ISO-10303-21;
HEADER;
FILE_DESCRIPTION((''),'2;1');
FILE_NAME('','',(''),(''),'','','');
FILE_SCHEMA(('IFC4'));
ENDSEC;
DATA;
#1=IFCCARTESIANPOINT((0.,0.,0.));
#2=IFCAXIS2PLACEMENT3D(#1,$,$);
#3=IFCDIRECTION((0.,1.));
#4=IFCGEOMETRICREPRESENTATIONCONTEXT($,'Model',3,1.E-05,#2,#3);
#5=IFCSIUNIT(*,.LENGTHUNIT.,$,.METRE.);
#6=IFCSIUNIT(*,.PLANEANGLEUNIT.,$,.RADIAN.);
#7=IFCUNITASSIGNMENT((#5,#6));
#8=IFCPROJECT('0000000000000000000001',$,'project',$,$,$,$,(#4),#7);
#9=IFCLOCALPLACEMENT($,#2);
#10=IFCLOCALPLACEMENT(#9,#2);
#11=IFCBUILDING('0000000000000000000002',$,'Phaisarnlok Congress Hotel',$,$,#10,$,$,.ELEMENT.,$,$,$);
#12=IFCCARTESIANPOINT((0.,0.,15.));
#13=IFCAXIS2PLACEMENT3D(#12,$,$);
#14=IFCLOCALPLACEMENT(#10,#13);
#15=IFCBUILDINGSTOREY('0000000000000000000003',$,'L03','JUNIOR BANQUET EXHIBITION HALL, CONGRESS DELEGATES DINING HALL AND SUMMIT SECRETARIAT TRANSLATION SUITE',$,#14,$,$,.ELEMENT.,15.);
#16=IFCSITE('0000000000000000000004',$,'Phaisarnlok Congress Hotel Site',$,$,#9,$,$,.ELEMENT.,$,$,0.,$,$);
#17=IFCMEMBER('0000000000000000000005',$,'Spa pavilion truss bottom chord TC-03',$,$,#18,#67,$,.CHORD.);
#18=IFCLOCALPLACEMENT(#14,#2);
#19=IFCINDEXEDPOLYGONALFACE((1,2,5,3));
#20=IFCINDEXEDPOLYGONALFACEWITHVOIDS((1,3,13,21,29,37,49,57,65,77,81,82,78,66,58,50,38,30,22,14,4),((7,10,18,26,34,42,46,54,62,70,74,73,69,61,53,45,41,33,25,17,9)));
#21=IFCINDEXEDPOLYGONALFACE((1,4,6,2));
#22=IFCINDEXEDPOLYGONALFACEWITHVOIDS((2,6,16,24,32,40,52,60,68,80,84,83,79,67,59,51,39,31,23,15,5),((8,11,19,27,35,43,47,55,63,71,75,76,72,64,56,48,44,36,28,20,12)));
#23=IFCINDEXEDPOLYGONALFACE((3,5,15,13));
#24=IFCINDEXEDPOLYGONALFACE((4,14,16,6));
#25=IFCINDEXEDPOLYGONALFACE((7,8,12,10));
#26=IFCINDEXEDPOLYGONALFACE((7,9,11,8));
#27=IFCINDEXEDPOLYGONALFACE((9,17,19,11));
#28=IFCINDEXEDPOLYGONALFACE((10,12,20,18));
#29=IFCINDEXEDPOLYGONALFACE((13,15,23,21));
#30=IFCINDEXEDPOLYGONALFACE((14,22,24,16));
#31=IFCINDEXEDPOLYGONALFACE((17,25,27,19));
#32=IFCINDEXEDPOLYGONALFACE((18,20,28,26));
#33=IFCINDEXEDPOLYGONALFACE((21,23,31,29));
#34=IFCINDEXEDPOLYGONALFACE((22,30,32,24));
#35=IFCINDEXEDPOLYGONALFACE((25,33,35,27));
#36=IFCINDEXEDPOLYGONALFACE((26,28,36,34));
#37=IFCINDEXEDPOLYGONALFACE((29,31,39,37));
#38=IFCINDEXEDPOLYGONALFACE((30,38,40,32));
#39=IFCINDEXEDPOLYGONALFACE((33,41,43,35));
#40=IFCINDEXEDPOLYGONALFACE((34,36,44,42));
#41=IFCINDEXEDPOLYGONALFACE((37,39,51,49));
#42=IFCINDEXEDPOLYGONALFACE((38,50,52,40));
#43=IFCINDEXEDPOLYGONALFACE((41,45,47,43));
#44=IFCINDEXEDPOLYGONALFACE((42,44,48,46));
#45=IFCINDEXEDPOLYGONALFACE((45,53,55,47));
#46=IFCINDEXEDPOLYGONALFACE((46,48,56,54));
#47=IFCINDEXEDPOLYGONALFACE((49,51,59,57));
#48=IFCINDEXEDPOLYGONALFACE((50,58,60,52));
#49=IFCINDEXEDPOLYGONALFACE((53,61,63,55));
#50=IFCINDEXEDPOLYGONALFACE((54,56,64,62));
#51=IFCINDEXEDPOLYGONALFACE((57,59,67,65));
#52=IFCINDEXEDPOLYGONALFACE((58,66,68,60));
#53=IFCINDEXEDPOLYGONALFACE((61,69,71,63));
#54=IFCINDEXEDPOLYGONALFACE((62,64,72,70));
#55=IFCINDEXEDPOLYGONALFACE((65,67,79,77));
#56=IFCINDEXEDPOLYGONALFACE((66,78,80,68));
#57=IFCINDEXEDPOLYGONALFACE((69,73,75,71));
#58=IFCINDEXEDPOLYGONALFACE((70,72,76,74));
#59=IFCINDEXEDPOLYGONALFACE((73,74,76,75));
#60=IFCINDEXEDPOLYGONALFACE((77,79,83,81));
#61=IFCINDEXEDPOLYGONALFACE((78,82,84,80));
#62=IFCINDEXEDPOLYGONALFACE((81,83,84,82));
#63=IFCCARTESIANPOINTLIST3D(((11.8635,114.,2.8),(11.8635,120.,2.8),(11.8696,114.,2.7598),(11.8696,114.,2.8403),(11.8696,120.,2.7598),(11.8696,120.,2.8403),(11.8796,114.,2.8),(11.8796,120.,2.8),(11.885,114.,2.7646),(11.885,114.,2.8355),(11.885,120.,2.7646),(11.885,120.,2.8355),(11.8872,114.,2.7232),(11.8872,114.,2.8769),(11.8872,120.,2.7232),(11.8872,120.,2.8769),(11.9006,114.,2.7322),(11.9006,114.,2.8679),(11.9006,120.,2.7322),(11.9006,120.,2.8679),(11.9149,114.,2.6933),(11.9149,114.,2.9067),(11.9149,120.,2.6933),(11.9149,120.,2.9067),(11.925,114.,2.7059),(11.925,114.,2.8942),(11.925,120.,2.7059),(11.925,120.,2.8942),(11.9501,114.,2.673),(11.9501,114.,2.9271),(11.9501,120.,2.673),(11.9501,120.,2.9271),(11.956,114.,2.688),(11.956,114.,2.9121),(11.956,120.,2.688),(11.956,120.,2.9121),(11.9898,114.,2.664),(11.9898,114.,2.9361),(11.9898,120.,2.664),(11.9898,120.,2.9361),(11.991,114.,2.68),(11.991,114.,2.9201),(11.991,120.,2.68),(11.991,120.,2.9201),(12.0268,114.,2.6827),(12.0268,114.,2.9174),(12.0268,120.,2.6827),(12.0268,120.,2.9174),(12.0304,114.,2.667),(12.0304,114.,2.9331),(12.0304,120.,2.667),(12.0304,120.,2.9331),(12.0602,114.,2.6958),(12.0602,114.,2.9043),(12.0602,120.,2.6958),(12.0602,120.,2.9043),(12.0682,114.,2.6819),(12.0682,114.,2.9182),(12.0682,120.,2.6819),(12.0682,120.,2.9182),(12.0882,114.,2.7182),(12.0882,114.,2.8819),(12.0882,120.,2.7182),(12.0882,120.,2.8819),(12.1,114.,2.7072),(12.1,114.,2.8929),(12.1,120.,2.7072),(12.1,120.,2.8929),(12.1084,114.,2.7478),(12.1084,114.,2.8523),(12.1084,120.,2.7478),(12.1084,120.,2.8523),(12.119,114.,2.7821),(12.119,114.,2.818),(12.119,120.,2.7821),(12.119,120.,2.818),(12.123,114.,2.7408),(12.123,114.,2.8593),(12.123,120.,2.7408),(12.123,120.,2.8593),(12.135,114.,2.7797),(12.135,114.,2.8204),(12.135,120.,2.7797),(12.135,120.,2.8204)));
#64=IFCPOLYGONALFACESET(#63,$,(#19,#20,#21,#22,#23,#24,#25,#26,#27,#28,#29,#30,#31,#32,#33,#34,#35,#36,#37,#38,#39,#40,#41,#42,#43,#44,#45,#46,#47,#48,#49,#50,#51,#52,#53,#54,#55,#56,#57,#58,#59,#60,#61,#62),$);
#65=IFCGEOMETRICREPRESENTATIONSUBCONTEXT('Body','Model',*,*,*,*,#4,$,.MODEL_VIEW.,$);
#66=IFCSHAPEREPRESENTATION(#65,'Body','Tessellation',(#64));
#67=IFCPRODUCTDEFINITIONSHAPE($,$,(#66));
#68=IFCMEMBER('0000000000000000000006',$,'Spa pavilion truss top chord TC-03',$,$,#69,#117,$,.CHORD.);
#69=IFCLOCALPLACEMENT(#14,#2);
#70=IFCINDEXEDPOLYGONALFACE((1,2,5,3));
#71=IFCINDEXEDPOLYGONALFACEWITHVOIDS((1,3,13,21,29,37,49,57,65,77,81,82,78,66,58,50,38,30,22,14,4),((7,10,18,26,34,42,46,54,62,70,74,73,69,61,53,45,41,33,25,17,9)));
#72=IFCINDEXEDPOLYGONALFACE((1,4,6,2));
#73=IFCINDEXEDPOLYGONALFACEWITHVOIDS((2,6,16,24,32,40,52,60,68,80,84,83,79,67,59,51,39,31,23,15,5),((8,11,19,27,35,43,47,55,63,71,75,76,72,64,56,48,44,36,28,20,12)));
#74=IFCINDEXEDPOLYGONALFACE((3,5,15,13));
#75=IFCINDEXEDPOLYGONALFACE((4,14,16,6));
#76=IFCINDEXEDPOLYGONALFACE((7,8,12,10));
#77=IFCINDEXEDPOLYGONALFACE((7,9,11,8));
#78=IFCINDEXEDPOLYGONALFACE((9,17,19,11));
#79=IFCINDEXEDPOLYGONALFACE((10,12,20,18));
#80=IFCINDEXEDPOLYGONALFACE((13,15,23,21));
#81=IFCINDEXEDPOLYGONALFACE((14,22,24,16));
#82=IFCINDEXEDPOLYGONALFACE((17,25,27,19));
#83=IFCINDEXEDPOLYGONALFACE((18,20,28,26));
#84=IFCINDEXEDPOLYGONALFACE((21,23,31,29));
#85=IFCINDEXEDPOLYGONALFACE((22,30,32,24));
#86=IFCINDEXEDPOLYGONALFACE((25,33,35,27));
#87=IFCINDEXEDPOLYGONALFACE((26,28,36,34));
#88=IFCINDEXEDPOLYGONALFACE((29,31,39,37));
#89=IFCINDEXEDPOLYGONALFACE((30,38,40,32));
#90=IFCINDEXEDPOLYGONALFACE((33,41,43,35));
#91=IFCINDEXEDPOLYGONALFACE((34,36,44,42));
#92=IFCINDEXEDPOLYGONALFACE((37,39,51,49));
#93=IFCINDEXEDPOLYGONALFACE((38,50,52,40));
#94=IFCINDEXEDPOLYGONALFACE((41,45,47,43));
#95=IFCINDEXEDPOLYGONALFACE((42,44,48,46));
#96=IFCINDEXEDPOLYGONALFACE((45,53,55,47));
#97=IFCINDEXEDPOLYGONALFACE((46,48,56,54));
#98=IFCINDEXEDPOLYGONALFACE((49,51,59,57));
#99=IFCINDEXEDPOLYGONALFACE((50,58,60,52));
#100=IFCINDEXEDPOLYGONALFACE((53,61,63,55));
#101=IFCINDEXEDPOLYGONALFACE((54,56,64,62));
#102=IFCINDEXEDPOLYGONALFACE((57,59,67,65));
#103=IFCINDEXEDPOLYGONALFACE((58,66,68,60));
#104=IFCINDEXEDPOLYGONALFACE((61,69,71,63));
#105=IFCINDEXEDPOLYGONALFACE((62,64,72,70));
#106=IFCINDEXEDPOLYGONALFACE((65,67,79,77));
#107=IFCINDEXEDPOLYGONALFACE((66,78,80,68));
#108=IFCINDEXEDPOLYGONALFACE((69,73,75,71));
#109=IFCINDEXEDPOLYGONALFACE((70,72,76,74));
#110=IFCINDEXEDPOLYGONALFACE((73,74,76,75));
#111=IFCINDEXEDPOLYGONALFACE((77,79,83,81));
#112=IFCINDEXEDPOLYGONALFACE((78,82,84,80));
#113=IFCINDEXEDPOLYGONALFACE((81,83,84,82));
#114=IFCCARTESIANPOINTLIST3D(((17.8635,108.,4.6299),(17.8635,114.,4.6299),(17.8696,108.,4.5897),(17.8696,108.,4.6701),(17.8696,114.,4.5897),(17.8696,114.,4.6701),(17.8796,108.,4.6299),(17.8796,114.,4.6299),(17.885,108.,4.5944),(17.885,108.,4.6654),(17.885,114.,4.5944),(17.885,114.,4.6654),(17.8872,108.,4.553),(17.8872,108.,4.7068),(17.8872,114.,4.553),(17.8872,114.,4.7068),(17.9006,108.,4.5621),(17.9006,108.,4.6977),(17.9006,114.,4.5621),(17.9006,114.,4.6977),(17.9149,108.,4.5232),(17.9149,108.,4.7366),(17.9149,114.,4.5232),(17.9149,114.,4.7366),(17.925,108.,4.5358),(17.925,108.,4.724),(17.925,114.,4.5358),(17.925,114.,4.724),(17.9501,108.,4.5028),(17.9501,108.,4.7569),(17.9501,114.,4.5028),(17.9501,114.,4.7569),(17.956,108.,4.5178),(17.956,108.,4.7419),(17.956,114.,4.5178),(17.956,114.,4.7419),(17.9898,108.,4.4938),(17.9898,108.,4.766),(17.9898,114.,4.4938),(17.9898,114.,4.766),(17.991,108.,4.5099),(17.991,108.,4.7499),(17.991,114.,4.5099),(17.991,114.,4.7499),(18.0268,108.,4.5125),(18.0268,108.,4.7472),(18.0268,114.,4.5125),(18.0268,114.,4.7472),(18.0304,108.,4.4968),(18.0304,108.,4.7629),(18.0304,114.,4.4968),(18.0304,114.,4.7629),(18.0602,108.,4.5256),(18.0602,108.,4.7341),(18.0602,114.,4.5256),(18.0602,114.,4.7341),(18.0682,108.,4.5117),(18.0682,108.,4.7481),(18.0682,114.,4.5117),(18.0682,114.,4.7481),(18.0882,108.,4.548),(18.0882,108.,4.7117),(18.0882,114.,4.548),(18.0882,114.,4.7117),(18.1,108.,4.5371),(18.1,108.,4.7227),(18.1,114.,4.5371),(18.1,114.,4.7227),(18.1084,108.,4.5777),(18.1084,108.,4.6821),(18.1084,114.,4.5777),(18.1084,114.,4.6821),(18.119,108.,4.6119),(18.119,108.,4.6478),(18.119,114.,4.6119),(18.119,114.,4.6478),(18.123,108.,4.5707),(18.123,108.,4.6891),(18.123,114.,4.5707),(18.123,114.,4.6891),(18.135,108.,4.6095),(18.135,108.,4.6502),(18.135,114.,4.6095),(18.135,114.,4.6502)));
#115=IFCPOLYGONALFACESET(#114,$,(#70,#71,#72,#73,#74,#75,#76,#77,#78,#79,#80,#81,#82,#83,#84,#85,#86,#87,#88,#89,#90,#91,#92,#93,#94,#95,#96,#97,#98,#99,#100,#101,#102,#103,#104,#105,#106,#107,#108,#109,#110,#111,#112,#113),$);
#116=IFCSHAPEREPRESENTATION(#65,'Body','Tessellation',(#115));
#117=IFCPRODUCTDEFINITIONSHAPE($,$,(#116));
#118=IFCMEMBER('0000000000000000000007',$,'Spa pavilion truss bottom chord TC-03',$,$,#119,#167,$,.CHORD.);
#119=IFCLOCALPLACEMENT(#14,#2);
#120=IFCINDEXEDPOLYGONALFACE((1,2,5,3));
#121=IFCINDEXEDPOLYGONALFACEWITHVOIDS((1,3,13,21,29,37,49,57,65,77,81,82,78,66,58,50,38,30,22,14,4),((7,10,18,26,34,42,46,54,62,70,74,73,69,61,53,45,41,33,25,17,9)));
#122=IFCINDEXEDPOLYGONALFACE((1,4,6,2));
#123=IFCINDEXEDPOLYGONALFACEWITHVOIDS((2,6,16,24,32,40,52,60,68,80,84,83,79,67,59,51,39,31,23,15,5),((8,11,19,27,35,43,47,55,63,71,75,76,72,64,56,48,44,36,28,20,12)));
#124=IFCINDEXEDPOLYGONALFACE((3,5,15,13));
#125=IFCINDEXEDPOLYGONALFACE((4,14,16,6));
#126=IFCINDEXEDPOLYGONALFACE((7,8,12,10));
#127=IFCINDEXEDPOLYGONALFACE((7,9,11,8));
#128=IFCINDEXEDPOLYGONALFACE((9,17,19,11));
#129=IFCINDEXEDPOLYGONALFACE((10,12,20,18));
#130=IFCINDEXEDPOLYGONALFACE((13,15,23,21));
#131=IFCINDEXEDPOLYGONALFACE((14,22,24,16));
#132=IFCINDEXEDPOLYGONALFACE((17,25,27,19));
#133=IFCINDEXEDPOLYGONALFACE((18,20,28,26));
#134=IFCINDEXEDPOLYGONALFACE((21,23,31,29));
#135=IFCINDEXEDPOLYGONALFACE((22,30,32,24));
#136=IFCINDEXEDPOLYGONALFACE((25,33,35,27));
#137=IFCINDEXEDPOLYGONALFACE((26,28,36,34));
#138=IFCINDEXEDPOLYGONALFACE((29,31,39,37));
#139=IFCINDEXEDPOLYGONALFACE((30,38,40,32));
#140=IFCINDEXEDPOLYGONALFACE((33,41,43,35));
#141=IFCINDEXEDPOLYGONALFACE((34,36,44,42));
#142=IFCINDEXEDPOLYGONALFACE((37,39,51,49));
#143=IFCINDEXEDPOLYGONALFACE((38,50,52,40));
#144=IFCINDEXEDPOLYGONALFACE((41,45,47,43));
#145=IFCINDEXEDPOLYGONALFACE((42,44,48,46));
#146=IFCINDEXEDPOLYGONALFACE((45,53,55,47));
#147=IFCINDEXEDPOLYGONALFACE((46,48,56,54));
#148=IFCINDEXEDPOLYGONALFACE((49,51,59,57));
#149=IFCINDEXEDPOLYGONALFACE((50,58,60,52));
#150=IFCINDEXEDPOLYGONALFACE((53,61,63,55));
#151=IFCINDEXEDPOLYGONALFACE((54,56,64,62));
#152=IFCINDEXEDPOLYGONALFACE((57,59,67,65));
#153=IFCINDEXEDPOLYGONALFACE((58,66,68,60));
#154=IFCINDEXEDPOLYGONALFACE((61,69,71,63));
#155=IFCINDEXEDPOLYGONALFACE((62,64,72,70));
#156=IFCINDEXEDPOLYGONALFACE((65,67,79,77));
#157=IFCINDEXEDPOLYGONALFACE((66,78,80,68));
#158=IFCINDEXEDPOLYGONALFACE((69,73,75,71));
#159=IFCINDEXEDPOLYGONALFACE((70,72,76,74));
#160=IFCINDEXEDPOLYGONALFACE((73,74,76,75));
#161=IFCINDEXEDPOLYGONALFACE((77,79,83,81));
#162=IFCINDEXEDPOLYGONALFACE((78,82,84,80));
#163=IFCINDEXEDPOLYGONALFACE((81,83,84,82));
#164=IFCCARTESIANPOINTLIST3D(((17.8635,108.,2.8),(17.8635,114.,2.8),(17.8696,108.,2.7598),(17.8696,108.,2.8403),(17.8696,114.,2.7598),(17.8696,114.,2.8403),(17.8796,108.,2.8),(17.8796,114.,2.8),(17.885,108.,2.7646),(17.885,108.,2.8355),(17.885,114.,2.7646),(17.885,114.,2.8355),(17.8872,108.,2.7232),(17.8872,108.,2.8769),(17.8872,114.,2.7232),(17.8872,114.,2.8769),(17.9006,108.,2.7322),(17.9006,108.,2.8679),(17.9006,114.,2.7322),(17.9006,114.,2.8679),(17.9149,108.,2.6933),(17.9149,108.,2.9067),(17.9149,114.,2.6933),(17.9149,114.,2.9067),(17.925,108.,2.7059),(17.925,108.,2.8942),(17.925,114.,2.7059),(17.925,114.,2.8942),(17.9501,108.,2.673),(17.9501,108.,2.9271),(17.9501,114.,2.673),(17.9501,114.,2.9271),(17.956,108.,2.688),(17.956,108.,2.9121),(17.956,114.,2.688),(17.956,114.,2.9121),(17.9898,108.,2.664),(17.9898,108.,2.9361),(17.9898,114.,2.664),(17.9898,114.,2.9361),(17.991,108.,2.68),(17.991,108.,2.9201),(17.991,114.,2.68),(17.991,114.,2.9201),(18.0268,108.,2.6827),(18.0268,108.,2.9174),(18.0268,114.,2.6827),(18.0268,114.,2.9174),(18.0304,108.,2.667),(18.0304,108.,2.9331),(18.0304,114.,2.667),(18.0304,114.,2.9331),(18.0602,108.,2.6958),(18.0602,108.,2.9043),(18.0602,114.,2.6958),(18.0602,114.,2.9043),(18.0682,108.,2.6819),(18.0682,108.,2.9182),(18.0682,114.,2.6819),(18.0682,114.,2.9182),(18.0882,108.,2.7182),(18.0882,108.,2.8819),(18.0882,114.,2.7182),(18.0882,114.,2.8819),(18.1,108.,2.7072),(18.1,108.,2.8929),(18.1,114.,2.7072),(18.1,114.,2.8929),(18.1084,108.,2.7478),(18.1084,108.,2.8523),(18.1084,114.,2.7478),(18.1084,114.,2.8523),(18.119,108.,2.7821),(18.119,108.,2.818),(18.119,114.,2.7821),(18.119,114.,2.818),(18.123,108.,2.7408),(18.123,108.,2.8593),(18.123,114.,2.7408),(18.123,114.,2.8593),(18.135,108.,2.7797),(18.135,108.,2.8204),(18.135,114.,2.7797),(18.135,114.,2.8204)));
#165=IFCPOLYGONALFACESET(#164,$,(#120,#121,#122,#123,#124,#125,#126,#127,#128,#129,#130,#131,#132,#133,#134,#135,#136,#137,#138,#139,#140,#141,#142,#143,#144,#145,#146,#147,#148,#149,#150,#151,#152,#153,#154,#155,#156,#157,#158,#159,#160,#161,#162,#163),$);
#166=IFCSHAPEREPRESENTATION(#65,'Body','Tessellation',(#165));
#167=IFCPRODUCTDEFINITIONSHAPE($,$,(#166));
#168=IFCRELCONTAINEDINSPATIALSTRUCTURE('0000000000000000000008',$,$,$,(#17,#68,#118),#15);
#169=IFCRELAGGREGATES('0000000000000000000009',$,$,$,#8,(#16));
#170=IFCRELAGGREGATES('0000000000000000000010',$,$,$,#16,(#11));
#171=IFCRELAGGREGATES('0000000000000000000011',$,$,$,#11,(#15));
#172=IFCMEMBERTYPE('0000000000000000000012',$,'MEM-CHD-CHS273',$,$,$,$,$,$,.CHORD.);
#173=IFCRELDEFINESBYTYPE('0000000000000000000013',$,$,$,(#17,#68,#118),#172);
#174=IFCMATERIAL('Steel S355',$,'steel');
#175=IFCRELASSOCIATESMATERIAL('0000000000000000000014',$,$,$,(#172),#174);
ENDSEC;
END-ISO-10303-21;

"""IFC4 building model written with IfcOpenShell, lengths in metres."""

from ifc_helpers import new_model, si_unit, direction, frame, origin, origin_2d, place, context, subcontext, project, spatial, hollow_circle, extrude, material, material_profile, profile_set, type_object, element, save


model = new_model("IFC4")

# Units and contexts
model_context = context("Model", 3, precision=1e-05, world=origin(), true_north=direction((0.0, 1.0)))
body_context = subcontext(model_context, "Body", "Model", "MODEL_VIEW")
ifc_project = project(units=[si_unit("LENGTHUNIT", "METRE"), si_unit("PLANEANGLEUNIT", "RADIAN")], contexts=[model_context])

# Site, building, storey
site_placement = place(None, origin())
site = spatial("IfcSite", under=ifc_project, at=site_placement, Name="Phaisarnlok Congress Hotel Site", CompositionType="ELEMENT", RefElevation=0.0)
building_placement = place(site_placement, origin())
building = spatial("IfcBuilding", under=site, at=building_placement, Name="Phaisarnlok Congress Hotel", CompositionType="ELEMENT")
storey_placement = place(building_placement, frame((0.0, 0.0, 15.0)))
storey = spatial("IfcBuildingStorey", under=building, at=storey_placement, Name="L03", Description="JUNIOR BANQUET EXHIBITION HALL, CONGRESS DELEGATES DINING HALL AND SUMMIT SECRETARIAT TRANSLATION SUITE", CompositionType="ELEMENT", Elevation=15.0)

# Members
ifc_material_1 = material(Name="Steel S355", Category="steel")
ifc_material_profile_1 = material_profile(ifc_material_1, hollow_circle(Radius=0.1365, WallThickness=0.0161, at=origin_2d()), Name="CHS 273x16")
ifc_profile_set_1 = profile_set([ifc_material_profile_1], Name="Steel S355")
member_type_1 = type_object("IfcMemberType", Name="MEM-CHD-CHS273", PredefinedType="CHORD", material=ifc_profile_set_1)
for number, where, z_axis, x_axis, name in (
    (1, (12.0, 114.0, 2.8), (0.0, 1.0, 0.0), (-1.0, 0.0, 0.0), "Spa pavilion truss bottom chord TC-03"),
    (2, (18.0, 108.0, 4.6299), (0.0, 1.0, 0.0), (-1.0, 0.0, 0.0), "Spa pavilion truss top chord TC-03"),
    (3, (18.0, 108.0, 2.8), (0.0, 1.0, 0.0), (-1.0, 0.0, 0.0), "Spa pavilion truss bottom chord TC-03"),
):
    element("IfcMember", number, at=place(storey_placement, frame(where, z_axis=z_axis, x_axis=x_axis)), inside=storey, type_object=member_type_1, Name=name, PredefinedType="CHORD", context=body_context, shape_type="SweptSolid", body=[
        extrude(hollow_circle(Radius=0.1365, WallThickness=0.0161, at=origin_2d()), origin(), (0.0, 0.0, 1.0), 6.0),
    ])

save(model, "model.ifc")
